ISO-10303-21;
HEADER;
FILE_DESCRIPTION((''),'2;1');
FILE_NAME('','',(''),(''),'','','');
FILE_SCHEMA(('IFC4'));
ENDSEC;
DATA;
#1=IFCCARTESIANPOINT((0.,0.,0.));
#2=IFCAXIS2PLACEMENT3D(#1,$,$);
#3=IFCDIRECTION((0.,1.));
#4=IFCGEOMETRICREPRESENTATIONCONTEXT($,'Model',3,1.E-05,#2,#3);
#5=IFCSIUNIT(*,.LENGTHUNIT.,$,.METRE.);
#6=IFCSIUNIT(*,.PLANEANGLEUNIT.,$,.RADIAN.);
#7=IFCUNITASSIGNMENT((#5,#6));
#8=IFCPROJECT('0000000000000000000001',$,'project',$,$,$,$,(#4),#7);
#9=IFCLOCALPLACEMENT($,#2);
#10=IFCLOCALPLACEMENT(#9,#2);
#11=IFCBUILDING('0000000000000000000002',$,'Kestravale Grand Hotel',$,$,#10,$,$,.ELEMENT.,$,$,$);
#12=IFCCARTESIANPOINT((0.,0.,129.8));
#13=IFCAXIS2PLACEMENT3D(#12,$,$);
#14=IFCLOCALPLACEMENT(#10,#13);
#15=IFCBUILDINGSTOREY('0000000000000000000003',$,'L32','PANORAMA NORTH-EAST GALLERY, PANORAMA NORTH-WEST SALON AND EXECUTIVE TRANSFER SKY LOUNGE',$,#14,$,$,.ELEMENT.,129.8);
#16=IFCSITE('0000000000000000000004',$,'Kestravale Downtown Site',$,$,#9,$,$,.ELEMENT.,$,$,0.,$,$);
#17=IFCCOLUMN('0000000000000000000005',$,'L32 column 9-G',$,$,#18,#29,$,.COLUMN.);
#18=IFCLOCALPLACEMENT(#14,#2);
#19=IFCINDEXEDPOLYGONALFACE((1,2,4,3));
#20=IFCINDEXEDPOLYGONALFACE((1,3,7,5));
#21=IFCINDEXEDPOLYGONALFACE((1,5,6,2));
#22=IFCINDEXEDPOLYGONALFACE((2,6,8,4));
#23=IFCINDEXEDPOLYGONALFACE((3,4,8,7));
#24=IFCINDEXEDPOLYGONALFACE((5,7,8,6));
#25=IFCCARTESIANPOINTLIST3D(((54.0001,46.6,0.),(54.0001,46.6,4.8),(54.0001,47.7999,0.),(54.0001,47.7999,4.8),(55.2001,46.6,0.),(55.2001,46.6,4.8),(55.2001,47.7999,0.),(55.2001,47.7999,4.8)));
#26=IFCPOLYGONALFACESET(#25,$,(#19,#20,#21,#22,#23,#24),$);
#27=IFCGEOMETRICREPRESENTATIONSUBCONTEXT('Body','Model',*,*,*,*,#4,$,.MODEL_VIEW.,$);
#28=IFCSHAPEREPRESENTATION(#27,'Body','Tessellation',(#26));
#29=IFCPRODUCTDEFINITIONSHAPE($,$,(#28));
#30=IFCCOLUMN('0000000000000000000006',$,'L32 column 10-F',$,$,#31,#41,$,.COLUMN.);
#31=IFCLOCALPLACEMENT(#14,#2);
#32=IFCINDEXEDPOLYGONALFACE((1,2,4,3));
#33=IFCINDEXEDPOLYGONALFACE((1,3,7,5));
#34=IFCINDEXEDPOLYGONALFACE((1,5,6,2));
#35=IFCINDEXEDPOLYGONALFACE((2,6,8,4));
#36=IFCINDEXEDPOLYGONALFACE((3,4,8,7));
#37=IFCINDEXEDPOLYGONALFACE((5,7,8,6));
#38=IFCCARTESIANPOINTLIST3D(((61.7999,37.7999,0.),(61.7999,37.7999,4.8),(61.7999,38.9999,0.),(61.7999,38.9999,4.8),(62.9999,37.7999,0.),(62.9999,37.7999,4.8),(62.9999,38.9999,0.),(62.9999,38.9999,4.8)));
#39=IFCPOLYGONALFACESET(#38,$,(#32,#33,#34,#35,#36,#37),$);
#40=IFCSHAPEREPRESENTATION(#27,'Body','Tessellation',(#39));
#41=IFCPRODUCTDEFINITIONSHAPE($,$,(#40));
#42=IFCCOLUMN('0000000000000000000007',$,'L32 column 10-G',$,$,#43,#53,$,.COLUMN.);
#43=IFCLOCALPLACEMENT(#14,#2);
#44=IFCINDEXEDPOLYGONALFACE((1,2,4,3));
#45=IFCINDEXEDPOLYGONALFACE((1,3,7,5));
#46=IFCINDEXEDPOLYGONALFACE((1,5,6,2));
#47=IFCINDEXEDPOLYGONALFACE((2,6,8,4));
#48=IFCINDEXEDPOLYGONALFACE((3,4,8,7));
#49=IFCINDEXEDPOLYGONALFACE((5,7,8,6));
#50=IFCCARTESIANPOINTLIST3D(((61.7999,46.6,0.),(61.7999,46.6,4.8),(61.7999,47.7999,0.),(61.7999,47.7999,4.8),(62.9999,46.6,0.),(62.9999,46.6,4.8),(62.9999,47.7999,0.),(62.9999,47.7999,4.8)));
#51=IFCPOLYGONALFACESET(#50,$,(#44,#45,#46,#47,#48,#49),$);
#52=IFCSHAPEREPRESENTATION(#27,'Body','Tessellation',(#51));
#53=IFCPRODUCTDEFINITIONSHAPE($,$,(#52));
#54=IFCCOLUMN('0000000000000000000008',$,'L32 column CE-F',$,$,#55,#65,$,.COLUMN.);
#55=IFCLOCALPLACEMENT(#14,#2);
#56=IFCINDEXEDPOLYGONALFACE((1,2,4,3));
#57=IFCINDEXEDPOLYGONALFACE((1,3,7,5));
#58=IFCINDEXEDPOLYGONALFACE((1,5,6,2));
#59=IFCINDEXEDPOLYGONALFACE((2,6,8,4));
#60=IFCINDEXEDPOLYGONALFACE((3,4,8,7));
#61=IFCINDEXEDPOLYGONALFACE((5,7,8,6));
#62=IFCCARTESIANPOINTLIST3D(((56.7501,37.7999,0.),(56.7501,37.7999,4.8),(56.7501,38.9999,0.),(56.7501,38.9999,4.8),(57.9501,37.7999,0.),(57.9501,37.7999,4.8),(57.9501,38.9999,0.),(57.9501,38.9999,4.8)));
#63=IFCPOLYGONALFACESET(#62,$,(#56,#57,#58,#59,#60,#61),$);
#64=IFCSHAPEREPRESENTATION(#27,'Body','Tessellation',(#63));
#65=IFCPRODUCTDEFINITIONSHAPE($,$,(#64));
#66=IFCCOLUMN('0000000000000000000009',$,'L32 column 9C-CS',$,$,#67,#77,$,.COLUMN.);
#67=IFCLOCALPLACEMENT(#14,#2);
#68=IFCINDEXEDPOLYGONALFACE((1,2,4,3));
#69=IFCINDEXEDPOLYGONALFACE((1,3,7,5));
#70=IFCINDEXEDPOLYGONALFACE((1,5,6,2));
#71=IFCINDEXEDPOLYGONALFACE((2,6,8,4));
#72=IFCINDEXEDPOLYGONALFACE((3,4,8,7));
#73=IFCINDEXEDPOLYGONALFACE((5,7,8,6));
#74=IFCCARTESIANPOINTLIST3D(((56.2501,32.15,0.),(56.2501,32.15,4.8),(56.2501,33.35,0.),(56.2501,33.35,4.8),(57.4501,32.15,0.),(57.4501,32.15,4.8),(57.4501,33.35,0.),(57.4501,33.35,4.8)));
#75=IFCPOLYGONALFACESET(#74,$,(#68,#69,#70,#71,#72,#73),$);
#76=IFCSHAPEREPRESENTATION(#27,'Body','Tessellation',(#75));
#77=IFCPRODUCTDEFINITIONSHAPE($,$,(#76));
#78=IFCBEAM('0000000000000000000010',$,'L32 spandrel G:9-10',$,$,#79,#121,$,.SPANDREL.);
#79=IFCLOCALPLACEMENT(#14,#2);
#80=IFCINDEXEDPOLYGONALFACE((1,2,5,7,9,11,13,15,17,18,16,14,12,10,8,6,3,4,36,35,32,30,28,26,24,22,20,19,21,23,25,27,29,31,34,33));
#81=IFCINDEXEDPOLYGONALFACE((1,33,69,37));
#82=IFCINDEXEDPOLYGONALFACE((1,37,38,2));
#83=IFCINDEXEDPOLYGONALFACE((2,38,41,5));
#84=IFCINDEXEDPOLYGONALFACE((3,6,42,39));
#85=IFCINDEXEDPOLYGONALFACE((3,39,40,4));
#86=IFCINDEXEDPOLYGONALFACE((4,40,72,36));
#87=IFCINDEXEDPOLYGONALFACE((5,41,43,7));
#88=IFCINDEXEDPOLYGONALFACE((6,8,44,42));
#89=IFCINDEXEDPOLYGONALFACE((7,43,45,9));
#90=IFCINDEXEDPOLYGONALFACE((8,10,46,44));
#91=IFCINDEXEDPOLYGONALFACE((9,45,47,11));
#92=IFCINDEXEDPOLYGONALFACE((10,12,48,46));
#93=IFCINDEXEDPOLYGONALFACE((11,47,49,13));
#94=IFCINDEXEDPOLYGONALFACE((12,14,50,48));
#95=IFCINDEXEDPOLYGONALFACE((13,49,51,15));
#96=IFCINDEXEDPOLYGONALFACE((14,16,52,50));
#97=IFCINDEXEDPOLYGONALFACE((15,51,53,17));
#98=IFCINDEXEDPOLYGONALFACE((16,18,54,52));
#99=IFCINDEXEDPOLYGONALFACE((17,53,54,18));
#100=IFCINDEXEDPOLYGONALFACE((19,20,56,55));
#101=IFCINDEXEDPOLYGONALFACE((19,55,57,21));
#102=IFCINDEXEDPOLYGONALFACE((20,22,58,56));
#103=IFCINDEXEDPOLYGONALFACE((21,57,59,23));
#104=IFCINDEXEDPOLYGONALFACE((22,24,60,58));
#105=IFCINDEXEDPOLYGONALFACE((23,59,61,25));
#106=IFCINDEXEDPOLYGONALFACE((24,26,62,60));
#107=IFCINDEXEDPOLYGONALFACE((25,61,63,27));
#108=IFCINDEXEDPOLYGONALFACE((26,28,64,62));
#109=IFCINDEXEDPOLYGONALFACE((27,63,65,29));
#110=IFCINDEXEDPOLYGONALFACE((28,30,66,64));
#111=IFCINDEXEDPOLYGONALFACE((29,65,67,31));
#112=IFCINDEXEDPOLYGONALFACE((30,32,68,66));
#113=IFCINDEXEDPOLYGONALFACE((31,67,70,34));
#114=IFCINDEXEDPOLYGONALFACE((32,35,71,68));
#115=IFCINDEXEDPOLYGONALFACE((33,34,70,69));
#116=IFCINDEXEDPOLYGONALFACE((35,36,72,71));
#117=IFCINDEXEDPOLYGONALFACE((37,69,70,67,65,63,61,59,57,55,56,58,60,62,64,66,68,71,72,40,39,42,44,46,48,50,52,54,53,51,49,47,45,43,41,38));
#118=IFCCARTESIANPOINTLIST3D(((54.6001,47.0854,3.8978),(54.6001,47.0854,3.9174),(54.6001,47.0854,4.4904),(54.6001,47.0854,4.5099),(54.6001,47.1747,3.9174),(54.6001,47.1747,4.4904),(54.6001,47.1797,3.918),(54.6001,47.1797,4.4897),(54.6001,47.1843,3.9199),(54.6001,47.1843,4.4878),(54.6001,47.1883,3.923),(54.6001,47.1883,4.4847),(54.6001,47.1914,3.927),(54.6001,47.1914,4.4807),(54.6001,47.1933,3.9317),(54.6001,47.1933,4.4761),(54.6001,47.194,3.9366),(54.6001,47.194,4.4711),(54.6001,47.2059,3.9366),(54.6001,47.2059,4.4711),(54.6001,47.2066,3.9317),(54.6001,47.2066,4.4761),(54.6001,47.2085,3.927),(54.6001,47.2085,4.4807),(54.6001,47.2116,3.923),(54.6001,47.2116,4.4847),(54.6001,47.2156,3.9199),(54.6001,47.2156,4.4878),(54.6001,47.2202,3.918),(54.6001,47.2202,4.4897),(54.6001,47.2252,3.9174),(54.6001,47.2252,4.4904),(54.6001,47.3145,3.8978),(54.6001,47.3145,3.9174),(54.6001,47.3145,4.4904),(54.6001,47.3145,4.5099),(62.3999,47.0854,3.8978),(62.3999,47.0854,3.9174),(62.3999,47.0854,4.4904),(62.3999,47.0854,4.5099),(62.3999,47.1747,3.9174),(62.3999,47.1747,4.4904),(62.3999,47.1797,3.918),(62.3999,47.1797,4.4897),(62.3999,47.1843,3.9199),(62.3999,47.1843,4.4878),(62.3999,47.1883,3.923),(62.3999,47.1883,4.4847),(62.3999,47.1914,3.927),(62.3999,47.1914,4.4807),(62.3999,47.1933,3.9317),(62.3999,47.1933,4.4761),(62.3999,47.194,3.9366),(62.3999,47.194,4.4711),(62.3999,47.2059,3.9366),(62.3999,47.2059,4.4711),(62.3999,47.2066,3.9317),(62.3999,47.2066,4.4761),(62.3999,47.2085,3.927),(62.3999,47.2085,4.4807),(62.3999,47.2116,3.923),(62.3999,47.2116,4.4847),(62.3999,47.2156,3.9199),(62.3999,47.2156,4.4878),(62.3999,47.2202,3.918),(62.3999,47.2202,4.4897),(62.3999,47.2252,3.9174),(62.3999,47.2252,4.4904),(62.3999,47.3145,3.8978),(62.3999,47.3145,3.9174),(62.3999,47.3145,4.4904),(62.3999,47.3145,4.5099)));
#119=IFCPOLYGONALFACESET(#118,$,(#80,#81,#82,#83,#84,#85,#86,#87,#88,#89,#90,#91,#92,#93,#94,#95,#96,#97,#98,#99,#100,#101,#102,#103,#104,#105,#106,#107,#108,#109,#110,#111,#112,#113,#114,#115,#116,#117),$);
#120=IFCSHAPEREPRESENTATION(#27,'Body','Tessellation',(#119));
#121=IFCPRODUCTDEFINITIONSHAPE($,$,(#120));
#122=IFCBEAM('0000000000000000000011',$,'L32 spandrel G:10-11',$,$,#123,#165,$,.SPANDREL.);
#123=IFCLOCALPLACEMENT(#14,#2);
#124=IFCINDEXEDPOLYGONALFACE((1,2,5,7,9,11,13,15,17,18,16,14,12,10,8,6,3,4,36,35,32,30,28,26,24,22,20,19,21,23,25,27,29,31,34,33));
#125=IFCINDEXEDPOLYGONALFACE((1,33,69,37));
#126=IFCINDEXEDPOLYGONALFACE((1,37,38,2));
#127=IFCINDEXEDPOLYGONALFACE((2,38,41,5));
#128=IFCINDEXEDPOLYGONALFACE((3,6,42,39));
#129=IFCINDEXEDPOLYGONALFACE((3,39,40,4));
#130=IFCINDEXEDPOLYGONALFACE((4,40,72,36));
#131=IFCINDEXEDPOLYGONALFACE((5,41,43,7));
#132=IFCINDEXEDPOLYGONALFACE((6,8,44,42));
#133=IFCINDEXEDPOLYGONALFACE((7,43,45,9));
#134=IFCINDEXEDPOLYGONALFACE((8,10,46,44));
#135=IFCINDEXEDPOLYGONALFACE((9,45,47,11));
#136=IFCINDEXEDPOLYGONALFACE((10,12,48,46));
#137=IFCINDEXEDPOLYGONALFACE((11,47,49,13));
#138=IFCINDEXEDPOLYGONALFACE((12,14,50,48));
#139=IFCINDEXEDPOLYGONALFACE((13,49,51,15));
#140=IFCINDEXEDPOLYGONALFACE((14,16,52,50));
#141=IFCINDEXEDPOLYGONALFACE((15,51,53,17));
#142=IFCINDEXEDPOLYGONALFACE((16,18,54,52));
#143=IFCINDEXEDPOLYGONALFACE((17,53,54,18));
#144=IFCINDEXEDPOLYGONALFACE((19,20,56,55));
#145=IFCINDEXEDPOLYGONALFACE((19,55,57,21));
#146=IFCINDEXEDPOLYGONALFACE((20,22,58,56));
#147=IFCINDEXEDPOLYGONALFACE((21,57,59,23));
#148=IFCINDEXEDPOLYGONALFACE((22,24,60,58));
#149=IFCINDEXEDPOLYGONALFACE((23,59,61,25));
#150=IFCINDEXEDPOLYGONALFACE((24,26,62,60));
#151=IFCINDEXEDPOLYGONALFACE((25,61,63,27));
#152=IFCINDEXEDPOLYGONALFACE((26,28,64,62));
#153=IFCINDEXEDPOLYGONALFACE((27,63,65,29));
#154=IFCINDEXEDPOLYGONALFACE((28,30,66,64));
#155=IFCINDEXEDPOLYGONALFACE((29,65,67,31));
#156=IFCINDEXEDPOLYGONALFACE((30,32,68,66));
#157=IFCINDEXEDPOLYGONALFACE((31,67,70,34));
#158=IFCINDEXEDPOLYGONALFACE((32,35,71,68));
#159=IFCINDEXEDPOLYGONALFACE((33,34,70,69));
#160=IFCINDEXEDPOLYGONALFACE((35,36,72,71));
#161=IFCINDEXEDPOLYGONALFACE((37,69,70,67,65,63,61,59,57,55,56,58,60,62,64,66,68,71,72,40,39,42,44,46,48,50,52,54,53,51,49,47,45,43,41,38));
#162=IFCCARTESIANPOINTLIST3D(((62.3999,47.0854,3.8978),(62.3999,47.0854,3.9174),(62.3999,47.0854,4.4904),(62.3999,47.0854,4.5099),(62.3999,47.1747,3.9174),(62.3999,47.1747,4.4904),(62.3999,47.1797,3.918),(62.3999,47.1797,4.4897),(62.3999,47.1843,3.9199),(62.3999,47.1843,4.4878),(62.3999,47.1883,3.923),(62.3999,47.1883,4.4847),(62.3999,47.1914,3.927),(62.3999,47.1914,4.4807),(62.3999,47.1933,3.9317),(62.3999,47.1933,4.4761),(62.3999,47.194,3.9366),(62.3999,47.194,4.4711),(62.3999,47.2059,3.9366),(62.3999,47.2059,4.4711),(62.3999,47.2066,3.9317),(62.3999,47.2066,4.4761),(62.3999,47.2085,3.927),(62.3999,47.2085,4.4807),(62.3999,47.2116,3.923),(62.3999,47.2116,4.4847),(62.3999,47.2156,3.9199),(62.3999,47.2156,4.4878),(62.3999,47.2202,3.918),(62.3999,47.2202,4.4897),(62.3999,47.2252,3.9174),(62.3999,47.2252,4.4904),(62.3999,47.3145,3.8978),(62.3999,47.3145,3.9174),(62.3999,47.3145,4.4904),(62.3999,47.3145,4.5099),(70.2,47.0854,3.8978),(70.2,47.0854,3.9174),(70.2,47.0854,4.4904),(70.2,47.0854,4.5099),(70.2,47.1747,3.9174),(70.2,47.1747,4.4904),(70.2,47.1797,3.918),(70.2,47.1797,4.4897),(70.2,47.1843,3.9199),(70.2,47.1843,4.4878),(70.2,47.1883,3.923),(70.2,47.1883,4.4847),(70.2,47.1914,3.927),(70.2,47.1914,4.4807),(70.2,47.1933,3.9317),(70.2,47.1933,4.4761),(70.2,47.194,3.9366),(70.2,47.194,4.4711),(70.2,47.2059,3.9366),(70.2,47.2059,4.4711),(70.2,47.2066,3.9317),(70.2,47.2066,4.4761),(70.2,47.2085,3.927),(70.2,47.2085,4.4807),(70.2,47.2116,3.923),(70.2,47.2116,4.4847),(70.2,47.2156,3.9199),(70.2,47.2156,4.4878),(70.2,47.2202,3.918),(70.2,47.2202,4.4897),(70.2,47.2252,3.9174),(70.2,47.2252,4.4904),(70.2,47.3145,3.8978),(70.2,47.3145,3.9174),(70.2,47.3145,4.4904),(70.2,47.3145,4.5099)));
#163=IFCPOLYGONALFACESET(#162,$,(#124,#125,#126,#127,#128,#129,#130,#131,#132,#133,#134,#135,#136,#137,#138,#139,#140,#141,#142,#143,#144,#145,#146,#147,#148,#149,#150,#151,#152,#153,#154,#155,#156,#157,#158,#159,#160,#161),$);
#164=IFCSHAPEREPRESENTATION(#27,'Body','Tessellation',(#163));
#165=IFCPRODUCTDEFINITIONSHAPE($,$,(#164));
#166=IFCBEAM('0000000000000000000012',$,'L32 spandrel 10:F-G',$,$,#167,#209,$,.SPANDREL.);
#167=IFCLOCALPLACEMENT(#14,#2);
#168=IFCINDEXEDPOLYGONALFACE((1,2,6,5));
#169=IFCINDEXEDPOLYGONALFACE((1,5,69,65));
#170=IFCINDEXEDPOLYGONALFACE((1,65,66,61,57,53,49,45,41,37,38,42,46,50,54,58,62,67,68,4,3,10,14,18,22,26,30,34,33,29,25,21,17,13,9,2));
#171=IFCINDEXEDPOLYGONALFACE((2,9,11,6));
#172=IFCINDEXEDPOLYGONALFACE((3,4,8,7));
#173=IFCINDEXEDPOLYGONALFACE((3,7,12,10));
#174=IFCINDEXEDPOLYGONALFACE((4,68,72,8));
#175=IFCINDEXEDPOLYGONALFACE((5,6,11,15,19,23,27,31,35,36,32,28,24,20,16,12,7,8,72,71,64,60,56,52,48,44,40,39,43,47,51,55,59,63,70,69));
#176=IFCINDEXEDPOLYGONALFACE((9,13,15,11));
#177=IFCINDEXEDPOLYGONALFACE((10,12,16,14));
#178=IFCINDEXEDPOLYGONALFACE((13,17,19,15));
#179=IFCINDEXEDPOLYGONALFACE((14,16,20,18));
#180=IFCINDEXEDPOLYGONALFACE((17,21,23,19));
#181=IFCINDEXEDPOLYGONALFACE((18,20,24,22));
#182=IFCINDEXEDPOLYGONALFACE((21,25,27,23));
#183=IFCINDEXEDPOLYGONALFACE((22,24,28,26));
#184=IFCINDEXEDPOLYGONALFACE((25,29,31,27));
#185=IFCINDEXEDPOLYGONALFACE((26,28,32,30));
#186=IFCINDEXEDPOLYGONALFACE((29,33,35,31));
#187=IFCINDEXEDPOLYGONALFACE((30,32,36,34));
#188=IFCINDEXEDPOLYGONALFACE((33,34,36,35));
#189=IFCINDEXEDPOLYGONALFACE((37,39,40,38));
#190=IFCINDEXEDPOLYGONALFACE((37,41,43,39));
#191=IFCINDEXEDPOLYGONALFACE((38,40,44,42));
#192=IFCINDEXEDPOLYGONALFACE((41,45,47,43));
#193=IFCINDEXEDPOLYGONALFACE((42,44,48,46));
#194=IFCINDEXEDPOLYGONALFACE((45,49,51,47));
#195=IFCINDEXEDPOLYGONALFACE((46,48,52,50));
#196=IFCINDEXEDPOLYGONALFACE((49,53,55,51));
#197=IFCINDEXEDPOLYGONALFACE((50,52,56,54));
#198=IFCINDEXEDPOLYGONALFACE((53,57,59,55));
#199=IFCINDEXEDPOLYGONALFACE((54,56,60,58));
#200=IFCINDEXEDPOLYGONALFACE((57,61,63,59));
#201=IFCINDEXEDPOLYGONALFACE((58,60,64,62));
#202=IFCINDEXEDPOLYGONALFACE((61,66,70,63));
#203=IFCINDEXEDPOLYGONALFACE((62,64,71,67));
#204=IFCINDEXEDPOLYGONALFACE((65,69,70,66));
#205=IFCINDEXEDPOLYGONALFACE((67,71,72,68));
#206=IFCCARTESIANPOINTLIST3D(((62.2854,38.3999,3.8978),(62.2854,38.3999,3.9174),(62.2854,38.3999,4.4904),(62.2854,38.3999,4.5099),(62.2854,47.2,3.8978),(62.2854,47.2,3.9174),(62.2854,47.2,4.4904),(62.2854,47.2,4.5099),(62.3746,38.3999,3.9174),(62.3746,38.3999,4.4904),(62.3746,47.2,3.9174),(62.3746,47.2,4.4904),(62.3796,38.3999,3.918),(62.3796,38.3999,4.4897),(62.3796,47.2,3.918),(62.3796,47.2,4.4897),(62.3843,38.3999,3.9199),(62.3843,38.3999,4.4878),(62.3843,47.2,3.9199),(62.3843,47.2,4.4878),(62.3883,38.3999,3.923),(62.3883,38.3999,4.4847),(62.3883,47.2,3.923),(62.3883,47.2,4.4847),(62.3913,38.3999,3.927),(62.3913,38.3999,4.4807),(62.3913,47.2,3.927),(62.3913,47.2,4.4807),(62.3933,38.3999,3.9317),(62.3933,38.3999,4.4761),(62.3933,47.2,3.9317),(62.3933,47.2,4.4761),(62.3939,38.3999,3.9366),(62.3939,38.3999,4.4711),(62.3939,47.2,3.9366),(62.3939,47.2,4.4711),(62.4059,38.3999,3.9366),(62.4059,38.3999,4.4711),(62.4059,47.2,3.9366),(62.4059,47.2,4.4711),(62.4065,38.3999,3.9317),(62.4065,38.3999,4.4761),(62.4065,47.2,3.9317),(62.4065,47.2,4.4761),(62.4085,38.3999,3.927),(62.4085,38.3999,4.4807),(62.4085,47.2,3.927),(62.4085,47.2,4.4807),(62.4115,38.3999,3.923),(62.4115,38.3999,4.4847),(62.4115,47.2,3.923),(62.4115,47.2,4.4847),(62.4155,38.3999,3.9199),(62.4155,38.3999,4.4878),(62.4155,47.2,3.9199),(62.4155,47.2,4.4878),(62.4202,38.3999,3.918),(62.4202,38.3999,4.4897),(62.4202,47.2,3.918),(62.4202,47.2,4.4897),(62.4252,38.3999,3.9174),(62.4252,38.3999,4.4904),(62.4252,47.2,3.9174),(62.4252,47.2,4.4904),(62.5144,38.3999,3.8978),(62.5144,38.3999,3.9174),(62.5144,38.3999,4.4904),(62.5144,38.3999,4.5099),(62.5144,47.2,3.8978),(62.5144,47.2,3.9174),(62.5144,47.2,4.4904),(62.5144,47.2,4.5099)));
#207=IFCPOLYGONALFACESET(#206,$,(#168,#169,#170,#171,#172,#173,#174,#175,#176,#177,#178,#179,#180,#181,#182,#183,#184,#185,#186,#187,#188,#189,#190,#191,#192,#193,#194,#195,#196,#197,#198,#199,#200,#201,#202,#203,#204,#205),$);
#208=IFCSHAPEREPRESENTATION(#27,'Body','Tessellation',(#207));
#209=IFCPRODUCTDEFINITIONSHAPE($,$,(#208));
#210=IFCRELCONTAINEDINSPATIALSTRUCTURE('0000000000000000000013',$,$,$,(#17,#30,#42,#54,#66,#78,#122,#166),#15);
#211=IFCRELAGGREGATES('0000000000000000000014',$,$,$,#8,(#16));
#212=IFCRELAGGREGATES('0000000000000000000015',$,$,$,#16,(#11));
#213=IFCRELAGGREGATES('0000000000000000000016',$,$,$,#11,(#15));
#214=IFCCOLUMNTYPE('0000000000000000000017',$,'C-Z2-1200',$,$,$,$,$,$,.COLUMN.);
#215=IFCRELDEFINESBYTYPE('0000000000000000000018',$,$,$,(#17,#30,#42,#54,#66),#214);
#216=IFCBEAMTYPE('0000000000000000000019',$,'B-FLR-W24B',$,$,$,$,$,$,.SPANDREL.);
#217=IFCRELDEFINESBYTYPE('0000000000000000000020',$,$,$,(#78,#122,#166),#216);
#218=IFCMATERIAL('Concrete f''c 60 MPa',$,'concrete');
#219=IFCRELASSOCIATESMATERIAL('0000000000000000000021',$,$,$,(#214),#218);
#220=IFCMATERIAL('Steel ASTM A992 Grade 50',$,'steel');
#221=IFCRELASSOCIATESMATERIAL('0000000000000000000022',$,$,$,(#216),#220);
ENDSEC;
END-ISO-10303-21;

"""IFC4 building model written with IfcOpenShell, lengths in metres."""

from ifc_helpers import new_model, si_unit, direction, frame, origin, origin_2d, place, context, subcontext, project, spatial, rectangle, i_section, extrude, material, material_profile, profile_set, type_object, element, save


model = new_model("IFC4")

# Units and contexts
model_context = context("Model", 3, precision=1e-05, world=origin(), true_north=direction((0.0, 1.0)))
body_context = subcontext(model_context, "Body", "Model", "MODEL_VIEW")
ifc_project = project(units=[si_unit("LENGTHUNIT", "METRE"), si_unit("PLANEANGLEUNIT", "RADIAN")], contexts=[model_context])

# Site, building, storey
site_placement = place(None, origin())
site = spatial("IfcSite", under=ifc_project, at=site_placement, Name="Kestravale Downtown Site", CompositionType="ELEMENT", RefElevation=0.0)
building_placement = place(site_placement, origin())
building = spatial("IfcBuilding", under=site, at=building_placement, Name="Kestravale Grand Hotel", CompositionType="ELEMENT")
storey_placement = place(building_placement, frame((0.0, 0.0, 129.8)))
storey = spatial("IfcBuildingStorey", under=building, at=storey_placement, Name="L32", Description="PANORAMA NORTH-EAST GALLERY, PANORAMA NORTH-WEST SALON AND EXECUTIVE TRANSFER SKY LOUNGE", CompositionType="ELEMENT", Elevation=129.8)

# Columns
ifc_material_1 = material(Name="Concrete f'c 60 MPa", Category="concrete")
ifc_material_profile_1 = material_profile(ifc_material_1, rectangle(XDim=1.2, YDim=1.2, at=origin_2d()))
ifc_profile_set_1 = profile_set([ifc_material_profile_1], Name="Concrete f'c 60 MPa")
column_type = type_object("IfcColumnType", Name="C-Z2-1200", PredefinedType="COLUMN", material=ifc_profile_set_1)
for number, where, z_axis, x_axis, name in (
    (1, (54.6001, 47.2, 0.0), (0.0, 0.0, 1.0), (1.0, 0.0, 0.0), "L32 column 9-G"),
    (2, (62.3999, 38.3999, 0.0), (0.0, 0.0, 1.0), (1.0, 0.0, 0.0), "L32 column 10-F"),
    (3, (62.3999, 47.2, 0.0), (0.0, 0.0, 1.0), (1.0, 0.0, 0.0), "L32 column 10-G"),
    (4, (57.3501, 38.3999, 0.0), (0.0, 0.0, 1.0), (1.0, 0.0, 0.0), "L32 column CE-F"),
    (5, (56.8501, 32.75, 0.0), (0.0, 0.0, 1.0), (1.0, 0.0, 0.0), "L32 column 9C-CS"),
):
    element("IfcColumn", number, at=place(storey_placement, frame(where, z_axis=z_axis, x_axis=x_axis)), inside=storey, type_object=column_type, Name=name, PredefinedType="COLUMN", context=body_context, shape_type="SweptSolid", body=[
        extrude(rectangle(XDim=1.2, YDim=1.2, at=origin_2d()), origin(), (0.0, 0.0, 1.0), 4.8),
    ])

# Beams
ifc_material_2 = material(Name="Steel ASTM A992 Grade 50", Category="steel")
ifc_material_profile_2 = material_profile(ifc_material_2, i_section(OverallWidth=0.229, OverallDepth=0.6121, WebThickness=0.012, FlangeThickness=0.0195, FilletRadius=0.0193, at=origin_2d()))
ifc_profile_set_2 = profile_set([ifc_material_profile_2], Name="Steel ASTM A992 Grade 50")
beam_type_1 = type_object("IfcBeamType", Name="B-FLR-W24B", PredefinedType="SPANDREL", material=ifc_profile_set_2)
beam_1_placement = place(storey_placement, frame((54.6001, 47.2, 4.2039), z_axis=(1.0, 0.0, 0.0), x_axis=(0.0, 1.0, 0.0)))
element("IfcBeam", 6, at=beam_1_placement, inside=storey, type_object=beam_type_1, Name="L32 spandrel G:9-10", PredefinedType="SPANDREL", context=body_context, shape_type="SweptSolid", body=[
    extrude(i_section(OverallWidth=0.229, OverallDepth=0.6121, WebThickness=0.012, FlangeThickness=0.0195, FilletRadius=0.0193, at=origin_2d()), origin(), (0.0, 0.0, 1.0), 7.7998),
])
beam_2_placement = place(storey_placement, frame((62.3999, 47.2, 4.2039), z_axis=(1.0, 0.0, 0.0), x_axis=(0.0, 1.0, 0.0)))
element("IfcBeam", 7, at=beam_2_placement, inside=storey, type_object=beam_type_1, Name="L32 spandrel G:10-11", PredefinedType="SPANDREL", context=body_context, shape_type="SweptSolid", body=[
    extrude(i_section(OverallWidth=0.229, OverallDepth=0.6121, WebThickness=0.012, FlangeThickness=0.0195, FilletRadius=0.0193, at=origin_2d()), origin(), (0.0, 0.0, 1.0), 7.8),
])
beam_3_placement = place(storey_placement, frame((62.3999, 38.3999, 4.2039), z_axis=(0.0, 1.0, 0.0), x_axis=(-1.0, 0.0, 0.0)))
element("IfcBeam", 8, at=beam_3_placement, inside=storey, type_object=beam_type_1, Name="L32 spandrel 10:F-G", PredefinedType="SPANDREL", context=body_context, shape_type="SweptSolid", body=[
    extrude(i_section(OverallWidth=0.229, OverallDepth=0.6121, WebThickness=0.012, FlangeThickness=0.0195, FilletRadius=0.0193, at=origin_2d()), origin(), (0.0, 0.0, 1.0), 8.8),
])

save(model, "model.ifc")
